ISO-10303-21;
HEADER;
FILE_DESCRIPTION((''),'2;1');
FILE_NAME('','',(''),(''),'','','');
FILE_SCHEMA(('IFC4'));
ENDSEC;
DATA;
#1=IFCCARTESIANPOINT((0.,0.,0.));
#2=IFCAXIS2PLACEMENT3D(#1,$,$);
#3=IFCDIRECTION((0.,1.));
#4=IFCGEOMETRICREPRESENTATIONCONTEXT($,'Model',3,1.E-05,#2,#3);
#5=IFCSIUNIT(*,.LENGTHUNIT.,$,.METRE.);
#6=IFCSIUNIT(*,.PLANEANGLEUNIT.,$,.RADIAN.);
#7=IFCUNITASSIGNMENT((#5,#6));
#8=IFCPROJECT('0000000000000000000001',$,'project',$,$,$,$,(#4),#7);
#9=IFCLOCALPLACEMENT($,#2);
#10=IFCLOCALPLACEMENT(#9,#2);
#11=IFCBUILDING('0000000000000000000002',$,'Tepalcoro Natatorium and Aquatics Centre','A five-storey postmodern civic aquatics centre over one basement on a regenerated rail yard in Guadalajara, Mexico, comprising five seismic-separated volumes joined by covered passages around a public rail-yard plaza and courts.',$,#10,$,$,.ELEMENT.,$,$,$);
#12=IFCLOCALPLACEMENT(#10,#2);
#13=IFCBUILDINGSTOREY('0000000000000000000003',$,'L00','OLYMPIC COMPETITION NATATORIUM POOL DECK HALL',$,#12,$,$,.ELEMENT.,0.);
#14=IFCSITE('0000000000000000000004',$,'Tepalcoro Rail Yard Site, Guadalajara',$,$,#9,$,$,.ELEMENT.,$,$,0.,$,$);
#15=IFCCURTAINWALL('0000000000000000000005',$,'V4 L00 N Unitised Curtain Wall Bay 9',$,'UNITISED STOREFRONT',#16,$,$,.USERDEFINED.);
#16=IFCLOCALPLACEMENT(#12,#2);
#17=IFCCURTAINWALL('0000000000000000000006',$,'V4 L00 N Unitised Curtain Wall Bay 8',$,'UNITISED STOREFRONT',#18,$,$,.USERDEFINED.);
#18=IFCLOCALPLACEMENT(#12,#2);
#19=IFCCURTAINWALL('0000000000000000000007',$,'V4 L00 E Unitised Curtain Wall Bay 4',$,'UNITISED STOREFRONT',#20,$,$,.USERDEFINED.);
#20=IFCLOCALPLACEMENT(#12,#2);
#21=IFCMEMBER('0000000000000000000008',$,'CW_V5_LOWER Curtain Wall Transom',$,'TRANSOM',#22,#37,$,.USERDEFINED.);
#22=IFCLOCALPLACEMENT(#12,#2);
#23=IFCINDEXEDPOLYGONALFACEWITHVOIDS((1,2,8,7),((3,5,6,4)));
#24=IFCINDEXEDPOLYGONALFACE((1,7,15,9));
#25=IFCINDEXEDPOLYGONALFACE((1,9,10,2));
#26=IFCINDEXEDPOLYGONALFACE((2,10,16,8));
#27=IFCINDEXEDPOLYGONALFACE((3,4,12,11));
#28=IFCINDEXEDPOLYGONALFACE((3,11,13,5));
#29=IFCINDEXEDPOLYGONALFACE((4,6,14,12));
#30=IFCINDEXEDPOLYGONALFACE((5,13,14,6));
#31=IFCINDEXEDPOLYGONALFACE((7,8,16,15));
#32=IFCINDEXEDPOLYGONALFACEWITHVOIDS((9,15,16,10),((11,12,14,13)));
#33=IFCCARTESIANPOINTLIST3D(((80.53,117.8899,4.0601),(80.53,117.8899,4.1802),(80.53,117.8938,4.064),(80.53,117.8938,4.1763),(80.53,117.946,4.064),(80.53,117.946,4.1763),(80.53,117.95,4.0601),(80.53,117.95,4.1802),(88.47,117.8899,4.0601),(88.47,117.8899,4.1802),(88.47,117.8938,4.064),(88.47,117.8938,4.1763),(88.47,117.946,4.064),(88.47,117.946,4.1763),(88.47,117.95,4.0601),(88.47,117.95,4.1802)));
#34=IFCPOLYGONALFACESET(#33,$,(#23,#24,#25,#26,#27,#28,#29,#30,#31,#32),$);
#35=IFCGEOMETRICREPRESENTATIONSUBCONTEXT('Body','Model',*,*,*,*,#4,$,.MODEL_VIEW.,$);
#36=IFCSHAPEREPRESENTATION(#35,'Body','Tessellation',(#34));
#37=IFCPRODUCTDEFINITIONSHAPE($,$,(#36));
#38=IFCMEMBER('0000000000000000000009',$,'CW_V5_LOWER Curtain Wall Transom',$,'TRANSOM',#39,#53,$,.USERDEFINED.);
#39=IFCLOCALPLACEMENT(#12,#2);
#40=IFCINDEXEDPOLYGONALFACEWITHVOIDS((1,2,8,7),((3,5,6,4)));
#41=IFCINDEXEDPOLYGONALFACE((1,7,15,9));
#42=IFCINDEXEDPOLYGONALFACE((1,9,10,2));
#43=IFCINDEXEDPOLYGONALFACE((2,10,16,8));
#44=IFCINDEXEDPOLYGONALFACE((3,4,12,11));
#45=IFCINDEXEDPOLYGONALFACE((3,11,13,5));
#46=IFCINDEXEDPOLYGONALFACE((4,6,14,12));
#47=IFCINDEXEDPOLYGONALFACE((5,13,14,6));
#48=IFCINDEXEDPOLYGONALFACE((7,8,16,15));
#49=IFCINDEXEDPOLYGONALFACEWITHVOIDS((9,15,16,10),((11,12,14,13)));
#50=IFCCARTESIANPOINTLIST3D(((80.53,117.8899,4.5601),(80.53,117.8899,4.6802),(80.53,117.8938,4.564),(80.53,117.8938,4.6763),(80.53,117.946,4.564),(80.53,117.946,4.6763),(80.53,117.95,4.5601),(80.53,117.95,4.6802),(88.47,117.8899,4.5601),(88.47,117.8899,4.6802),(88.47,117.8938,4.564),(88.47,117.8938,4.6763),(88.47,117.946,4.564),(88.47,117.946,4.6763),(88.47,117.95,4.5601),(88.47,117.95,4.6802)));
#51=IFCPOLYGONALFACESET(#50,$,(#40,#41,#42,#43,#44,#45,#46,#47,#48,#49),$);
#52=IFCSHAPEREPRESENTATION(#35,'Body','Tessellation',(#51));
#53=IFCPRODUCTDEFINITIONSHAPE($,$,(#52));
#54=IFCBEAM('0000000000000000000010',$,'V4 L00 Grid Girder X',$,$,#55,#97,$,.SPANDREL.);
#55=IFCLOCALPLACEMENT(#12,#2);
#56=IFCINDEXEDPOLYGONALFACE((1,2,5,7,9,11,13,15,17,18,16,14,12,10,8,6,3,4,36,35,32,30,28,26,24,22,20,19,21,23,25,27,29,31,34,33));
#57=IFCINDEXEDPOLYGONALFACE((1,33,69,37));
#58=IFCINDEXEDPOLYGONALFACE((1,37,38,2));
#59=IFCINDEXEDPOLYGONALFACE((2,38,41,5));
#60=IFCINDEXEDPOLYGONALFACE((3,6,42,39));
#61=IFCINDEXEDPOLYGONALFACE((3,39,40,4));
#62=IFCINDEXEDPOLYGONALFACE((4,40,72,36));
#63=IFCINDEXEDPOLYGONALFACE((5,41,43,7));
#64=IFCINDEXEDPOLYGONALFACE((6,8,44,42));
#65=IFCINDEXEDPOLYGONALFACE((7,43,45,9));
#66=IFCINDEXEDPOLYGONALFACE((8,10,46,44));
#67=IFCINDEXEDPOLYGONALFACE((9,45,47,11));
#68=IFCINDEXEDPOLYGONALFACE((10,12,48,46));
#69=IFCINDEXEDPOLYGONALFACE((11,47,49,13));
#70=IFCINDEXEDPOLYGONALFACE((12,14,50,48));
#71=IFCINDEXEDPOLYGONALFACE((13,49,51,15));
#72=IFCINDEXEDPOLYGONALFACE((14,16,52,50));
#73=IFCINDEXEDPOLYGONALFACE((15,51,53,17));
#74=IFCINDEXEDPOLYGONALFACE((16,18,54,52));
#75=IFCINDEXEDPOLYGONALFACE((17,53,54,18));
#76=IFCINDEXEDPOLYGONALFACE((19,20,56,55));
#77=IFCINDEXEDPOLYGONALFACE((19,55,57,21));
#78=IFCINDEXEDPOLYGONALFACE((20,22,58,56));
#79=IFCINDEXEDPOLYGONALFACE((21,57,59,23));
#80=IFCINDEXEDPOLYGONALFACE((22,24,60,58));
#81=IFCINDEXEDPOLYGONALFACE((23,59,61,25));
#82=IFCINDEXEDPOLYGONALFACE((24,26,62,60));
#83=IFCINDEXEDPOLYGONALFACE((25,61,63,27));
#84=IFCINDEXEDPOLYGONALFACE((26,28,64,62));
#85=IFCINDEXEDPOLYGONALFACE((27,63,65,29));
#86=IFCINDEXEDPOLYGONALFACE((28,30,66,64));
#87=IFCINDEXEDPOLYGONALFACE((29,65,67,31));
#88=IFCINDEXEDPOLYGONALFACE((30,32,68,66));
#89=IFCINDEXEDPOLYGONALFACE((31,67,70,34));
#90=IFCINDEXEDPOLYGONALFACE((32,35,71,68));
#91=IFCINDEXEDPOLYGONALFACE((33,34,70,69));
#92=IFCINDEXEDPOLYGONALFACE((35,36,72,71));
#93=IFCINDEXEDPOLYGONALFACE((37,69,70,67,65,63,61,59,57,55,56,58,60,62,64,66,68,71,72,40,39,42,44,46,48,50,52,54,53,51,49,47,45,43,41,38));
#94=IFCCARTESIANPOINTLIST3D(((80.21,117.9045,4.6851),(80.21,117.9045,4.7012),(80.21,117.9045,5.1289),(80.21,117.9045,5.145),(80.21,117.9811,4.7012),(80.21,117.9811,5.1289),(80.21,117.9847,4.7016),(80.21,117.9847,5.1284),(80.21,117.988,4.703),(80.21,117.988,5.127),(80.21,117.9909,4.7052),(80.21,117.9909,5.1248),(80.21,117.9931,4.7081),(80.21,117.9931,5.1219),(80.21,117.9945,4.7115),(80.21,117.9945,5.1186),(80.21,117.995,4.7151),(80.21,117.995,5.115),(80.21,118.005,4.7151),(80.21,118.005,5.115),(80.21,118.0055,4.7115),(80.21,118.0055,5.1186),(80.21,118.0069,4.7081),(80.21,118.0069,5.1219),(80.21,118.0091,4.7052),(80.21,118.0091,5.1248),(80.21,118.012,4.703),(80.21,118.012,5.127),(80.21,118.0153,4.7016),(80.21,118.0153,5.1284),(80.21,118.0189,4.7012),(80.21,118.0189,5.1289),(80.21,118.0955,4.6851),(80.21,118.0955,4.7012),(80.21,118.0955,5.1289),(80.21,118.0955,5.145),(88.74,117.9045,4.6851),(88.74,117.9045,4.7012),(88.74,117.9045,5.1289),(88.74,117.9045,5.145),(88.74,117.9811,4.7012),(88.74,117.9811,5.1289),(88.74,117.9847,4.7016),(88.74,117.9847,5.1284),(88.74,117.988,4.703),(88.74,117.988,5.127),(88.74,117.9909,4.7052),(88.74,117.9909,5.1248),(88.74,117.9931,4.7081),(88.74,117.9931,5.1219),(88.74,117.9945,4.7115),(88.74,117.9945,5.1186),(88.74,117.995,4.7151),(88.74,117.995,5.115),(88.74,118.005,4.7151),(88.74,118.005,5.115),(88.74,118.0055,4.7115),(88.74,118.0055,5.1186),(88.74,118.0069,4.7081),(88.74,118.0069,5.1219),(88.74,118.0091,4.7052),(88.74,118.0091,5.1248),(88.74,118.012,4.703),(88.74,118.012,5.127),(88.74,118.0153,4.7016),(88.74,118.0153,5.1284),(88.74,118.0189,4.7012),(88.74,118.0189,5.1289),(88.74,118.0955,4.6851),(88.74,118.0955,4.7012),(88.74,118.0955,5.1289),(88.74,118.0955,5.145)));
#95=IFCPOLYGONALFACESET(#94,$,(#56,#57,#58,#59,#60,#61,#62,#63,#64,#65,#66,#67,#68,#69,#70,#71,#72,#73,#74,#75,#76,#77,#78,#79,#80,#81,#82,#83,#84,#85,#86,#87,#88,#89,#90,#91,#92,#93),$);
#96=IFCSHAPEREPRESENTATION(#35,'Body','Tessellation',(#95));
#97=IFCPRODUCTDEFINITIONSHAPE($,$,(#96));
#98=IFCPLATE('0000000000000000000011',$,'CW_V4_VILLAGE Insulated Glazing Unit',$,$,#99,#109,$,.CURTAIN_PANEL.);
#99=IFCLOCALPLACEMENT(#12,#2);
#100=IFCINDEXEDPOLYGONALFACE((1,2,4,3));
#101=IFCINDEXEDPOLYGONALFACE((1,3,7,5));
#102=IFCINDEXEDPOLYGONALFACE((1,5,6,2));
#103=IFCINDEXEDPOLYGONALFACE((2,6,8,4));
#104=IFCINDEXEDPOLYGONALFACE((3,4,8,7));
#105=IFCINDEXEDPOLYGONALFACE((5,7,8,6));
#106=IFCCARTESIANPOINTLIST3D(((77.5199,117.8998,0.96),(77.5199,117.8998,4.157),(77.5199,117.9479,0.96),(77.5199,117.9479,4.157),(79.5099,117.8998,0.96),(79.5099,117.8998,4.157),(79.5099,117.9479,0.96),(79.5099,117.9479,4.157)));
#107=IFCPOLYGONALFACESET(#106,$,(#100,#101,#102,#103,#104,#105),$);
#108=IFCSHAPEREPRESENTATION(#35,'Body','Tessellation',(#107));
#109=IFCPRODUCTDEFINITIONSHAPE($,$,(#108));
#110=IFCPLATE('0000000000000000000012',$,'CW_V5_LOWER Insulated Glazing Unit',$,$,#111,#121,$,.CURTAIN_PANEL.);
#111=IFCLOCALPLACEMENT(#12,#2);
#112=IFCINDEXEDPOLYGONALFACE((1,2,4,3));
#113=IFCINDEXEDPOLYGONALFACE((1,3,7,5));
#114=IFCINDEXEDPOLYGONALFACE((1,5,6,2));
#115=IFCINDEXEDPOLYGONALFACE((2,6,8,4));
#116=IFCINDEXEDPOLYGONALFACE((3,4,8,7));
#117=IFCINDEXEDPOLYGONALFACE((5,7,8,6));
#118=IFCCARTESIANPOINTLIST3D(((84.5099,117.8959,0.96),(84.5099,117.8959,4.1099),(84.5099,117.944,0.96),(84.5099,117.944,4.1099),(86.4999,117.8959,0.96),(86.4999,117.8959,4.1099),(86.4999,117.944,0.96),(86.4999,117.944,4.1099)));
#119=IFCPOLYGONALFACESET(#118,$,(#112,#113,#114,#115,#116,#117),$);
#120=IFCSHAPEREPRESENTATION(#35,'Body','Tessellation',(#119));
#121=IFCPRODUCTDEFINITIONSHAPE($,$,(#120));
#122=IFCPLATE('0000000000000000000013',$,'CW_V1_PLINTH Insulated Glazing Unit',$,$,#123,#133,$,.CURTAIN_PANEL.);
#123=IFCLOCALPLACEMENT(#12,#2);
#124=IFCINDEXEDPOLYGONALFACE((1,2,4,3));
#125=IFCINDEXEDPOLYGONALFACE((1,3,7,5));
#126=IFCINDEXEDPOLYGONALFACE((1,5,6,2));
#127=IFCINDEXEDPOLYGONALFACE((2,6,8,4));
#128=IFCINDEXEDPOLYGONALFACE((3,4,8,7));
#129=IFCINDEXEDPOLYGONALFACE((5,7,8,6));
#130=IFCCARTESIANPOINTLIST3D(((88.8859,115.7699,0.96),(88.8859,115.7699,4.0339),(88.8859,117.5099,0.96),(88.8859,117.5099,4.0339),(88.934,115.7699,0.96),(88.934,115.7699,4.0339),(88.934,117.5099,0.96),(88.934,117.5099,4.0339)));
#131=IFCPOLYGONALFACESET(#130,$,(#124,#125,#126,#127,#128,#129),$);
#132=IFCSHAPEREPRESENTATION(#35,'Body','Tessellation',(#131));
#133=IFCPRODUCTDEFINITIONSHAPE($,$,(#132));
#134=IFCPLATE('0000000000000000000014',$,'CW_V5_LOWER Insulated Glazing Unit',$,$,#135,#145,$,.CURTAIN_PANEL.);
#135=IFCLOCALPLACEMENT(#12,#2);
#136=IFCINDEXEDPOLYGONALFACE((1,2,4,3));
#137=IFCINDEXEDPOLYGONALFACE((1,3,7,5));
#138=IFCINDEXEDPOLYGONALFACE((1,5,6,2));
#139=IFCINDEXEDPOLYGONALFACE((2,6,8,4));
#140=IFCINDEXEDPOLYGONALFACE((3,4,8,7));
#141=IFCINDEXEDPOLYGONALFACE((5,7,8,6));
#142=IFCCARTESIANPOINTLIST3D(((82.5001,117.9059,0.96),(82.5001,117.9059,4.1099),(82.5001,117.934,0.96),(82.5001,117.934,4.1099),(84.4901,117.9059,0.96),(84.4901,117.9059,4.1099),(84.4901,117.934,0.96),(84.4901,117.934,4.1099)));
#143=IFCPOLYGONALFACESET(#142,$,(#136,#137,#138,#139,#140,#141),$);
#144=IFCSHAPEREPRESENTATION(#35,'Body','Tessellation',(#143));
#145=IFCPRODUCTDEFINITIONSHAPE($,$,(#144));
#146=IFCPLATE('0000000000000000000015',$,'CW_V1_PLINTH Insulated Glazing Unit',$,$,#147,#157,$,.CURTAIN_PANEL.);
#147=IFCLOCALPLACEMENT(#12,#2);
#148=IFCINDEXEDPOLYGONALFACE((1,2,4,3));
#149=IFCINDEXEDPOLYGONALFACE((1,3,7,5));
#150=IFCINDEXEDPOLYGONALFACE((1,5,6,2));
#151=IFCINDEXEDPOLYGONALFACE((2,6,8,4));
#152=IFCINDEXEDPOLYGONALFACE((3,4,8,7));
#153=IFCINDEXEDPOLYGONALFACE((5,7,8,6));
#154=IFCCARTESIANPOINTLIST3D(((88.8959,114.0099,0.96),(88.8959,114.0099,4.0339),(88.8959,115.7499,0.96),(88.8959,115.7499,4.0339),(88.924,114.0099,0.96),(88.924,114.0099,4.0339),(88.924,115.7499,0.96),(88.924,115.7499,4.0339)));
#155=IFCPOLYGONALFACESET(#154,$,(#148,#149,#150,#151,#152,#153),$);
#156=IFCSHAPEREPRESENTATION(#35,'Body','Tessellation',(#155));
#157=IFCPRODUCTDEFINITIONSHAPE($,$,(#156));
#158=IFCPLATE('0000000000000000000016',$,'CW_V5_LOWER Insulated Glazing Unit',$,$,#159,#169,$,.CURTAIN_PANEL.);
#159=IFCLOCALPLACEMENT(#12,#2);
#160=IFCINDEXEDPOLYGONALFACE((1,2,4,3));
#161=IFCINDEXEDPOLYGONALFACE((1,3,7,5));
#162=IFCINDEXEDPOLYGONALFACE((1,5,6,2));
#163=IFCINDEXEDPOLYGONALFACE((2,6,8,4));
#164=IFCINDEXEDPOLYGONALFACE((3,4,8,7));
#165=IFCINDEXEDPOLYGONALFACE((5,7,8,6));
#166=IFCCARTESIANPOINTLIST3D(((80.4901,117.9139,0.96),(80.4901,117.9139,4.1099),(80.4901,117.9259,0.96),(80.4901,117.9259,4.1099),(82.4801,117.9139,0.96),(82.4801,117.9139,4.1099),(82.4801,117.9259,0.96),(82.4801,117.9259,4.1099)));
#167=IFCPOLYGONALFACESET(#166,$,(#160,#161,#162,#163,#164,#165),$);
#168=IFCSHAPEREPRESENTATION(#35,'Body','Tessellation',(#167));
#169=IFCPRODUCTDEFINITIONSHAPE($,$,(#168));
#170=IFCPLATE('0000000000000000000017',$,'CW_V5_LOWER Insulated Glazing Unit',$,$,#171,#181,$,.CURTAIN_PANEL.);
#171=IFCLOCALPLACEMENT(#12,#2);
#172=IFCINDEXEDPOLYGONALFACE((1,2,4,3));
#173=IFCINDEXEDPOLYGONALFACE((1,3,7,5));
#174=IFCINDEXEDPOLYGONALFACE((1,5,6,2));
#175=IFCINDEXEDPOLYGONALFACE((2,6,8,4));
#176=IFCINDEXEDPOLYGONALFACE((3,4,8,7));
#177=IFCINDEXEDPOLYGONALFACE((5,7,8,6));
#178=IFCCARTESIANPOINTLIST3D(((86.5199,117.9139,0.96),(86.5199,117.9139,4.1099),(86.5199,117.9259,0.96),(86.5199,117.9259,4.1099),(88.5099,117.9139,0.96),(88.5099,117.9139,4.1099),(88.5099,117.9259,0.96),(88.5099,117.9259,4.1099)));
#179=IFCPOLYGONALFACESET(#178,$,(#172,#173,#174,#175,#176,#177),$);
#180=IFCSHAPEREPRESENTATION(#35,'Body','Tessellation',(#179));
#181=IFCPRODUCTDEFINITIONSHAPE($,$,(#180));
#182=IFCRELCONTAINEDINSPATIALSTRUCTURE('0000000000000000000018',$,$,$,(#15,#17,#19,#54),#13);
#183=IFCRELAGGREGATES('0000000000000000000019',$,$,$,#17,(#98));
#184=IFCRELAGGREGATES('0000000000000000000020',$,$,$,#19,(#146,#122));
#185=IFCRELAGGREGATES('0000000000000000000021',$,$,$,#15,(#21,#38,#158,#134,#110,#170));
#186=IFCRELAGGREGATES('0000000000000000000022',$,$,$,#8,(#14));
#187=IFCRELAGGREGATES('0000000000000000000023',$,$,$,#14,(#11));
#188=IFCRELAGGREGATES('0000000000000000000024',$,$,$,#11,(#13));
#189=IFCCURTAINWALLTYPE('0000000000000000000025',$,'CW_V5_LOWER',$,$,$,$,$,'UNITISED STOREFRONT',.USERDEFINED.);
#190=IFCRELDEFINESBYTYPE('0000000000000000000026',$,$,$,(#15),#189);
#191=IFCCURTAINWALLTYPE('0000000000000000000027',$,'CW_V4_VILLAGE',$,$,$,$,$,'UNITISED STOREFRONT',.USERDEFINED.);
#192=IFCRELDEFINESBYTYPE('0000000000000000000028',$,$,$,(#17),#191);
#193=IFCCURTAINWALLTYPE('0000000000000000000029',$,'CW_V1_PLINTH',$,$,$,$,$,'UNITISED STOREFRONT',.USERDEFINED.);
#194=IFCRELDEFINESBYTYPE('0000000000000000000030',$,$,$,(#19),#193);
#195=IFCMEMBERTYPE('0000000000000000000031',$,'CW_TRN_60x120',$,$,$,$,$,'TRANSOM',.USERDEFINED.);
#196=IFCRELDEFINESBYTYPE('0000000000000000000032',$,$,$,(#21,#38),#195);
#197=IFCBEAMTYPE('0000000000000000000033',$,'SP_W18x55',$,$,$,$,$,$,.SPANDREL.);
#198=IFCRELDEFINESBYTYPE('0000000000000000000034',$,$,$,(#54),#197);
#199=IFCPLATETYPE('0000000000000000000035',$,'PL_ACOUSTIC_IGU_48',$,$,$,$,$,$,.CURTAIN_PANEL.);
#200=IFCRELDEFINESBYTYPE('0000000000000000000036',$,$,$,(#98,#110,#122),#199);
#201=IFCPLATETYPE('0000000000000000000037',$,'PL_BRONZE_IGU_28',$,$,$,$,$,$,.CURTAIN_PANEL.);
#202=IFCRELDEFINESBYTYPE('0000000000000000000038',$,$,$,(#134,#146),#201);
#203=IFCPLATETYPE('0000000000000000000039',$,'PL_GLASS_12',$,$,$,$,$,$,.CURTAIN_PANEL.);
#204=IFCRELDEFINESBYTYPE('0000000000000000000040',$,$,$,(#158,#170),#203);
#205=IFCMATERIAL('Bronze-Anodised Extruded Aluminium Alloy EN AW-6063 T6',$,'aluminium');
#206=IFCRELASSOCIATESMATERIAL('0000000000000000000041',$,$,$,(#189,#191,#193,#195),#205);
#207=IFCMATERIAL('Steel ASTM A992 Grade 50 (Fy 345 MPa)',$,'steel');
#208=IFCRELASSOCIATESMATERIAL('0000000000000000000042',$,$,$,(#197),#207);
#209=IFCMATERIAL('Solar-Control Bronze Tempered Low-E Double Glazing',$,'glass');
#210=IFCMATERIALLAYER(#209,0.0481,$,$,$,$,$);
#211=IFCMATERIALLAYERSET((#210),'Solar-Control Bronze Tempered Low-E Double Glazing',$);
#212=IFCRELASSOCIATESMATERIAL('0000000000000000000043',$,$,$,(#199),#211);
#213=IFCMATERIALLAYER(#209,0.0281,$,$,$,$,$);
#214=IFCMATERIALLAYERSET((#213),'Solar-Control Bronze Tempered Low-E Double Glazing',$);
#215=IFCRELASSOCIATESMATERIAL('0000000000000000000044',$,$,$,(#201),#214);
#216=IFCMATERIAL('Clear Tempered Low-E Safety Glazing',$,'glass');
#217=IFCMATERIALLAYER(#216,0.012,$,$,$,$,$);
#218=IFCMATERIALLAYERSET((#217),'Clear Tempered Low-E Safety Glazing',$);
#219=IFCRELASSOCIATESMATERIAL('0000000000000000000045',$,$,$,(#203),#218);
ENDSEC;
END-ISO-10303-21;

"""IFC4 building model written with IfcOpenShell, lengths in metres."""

from ifc_helpers import new_model, si_unit, direction, frame, origin, origin_2d, place, context, subcontext, project, spatial, rectangle, hollow_rectangle, i_section, extrude, material, layer, layer_set, material_profile, profile_set, type_object, element, aggregate, save


model = new_model("IFC4")

# Units and contexts
model_context = context("Model", 3, precision=1e-05, world=origin(), true_north=direction((0.0, 1.0)))
body_context = subcontext(model_context, "Body", "Model", "MODEL_VIEW")
ifc_project = project(units=[si_unit("LENGTHUNIT", "METRE"), si_unit("PLANEANGLEUNIT", "RADIAN")], contexts=[model_context])

# Site, building, storey
site_placement = place(None, origin())
site = spatial("IfcSite", under=ifc_project, at=site_placement, Name="Tepalcoro Rail Yard Site, Guadalajara", CompositionType="ELEMENT", RefElevation=0.0)
building_placement = place(site_placement, origin())
building = spatial("IfcBuilding", under=site, at=building_placement, Name="Tepalcoro Natatorium and Aquatics Centre", Description="A five-storey postmodern civic aquatics centre over one basement on a regenerated rail yard in Guadalajara, Mexico, comprising five seismic-separated volumes joined by covered passages around a public rail-yard plaza and courts.", CompositionType="ELEMENT")
storey_placement = place(building_placement, origin())
storey = spatial("IfcBuildingStorey", under=building, at=storey_placement, Name="L00", Description="OLYMPIC COMPETITION NATATORIUM POOL DECK HALL", CompositionType="ELEMENT", Elevation=0.0)

# Curtain wall
ifc_material_1 = material(Name="Bronze-Anodised Extruded Aluminium Alloy EN AW-6063 T6", Category="aluminium")
curtain_wall_type_1 = type_object("IfcCurtainWallType", Name="CW_V5_LOWER", ElementType="UNITISED STOREFRONT", PredefinedType="USERDEFINED", material=ifc_material_1)
curtain_wall_1_placement = place(storey_placement, origin())
curtain_wall_1 = element("IfcCurtainWall", 1, at=curtain_wall_1_placement, inside=storey, type_object=curtain_wall_type_1, Name="V4 L00 N Unitised Curtain Wall Bay 9", ObjectType="UNITISED STOREFRONT", PredefinedType="USERDEFINED")

# Curtain wall
curtain_wall_type_2 = type_object("IfcCurtainWallType", Name="CW_V4_VILLAGE", ElementType="UNITISED STOREFRONT", PredefinedType="USERDEFINED", material=ifc_material_1)
curtain_wall_2_placement = place(storey_placement, origin())
curtain_wall_2 = element("IfcCurtainWall", 2, at=curtain_wall_2_placement, inside=storey, type_object=curtain_wall_type_2, Name="V4 L00 N Unitised Curtain Wall Bay 8", ObjectType="UNITISED STOREFRONT", PredefinedType="USERDEFINED")

# Curtain wall
curtain_wall_type_3 = type_object("IfcCurtainWallType", Name="CW_V1_PLINTH", ElementType="UNITISED STOREFRONT", PredefinedType="USERDEFINED", material=ifc_material_1)
curtain_wall_3_placement = place(storey_placement, origin())
curtain_wall_3 = element("IfcCurtainWall", 3, at=curtain_wall_3_placement, inside=storey, type_object=curtain_wall_type_3, Name="V4 L00 E Unitised Curtain Wall Bay 4", ObjectType="UNITISED STOREFRONT", PredefinedType="USERDEFINED")

# Members
ifc_material_profile_1 = material_profile(ifc_material_1, hollow_rectangle(XDim=0.0601, YDim=0.1201, WallThickness=0.0039, at=origin_2d()), Name="AL60X120X4")
ifc_profile_set_1 = profile_set([ifc_material_profile_1], Name="Bronze-Anodised Extruded Aluminium Alloy EN AW-6063 T6")
member_type_1 = type_object("IfcMemberType", Name="CW_TRN_60x120", ElementType="TRANSOM", PredefinedType="USERDEFINED", material=ifc_profile_set_1)
member_1_placement = place(storey_placement, frame((80.53, 117.9199, 4.1201), z_axis=(1.0, 0.0, 0.0), x_axis=(0.0, 1.0, 0.0)))
member_1 = element("IfcMember", 4, at=member_1_placement, type_object=member_type_1, Name="CW_V5_LOWER Curtain Wall Transom", ObjectType="TRANSOM", PredefinedType="USERDEFINED", context=body_context, shape_type="SweptSolid", body=[
    extrude(hollow_rectangle(XDim=0.0601, YDim=0.1201, WallThickness=0.0039, at=origin_2d()), origin(), (0.0, 0.0, 1.0), 7.9399),
])
member_2_placement = place(storey_placement, frame((80.53, 117.9199, 4.6201), z_axis=(1.0, 0.0, 0.0), x_axis=(0.0, 1.0, 0.0)))
member_2 = element("IfcMember", 5, at=member_2_placement, type_object=member_type_1, Name="CW_V5_LOWER Curtain Wall Transom", ObjectType="TRANSOM", PredefinedType="USERDEFINED", context=body_context, shape_type="SweptSolid", body=[
    extrude(hollow_rectangle(XDim=0.0601, YDim=0.1201, WallThickness=0.0039, at=origin_2d()), origin(), (0.0, 0.0, 1.0), 7.9399),
])

# Beam
ifc_material_2 = material(Name="Steel ASTM A992 Grade 50 (Fy 345 MPa)", Category="steel")
ifc_material_profile_2 = material_profile(ifc_material_2, i_section(OverallWidth=0.1909, OverallDepth=0.46, WebThickness=0.01, FlangeThickness=0.0161, FilletRadius=0.0139, at=origin_2d()), Name="W18X55")
ifc_profile_set_2 = profile_set([ifc_material_profile_2], Name="Steel ASTM A992 Grade 50 (Fy 345 MPa)")
beam_type = type_object("IfcBeamType", Name="SP_W18x55", PredefinedType="SPANDREL", material=ifc_profile_set_2)
beam_placement = place(storey_placement, frame((80.21, 118.0, 4.915), z_axis=(1.0, 0.0, 0.0), x_axis=(0.0, 1.0, 0.0)))
element("IfcBeam", 6, at=beam_placement, inside=storey, type_object=beam_type, Name="V4 L00 Grid Girder X", PredefinedType="SPANDREL", context=body_context, shape_type="SweptSolid", body=[
    extrude(i_section(OverallWidth=0.1909, OverallDepth=0.46, WebThickness=0.01, FlangeThickness=0.0161, FilletRadius=0.0139, at=origin_2d()), origin(), (0.0, 0.0, 1.0), 8.53),
])

# Plates
ifc_material_3 = material(Name="Solar-Control Bronze Tempered Low-E Double Glazing", Category="glass")
ifc_layer_1 = layer(ifc_material_3, 0.0481)
ifc_layer_set_1 = layer_set([ifc_layer_1], Name="Solar-Control Bronze Tempered Low-E Double Glazing")
plate_type_1 = type_object("IfcPlateType", Name="PL_ACOUSTIC_IGU_48", PredefinedType="CURTAIN_PANEL", material=ifc_layer_set_1)
plate_1_placement = place(storey_placement, frame((78.5149, 117.9238, 0.96), z_axis=(0.0, 0.0, 1.0), x_axis=(1.0, 0.0, 0.0)))
plate_1 = element("IfcPlate", 7, at=plate_1_placement, type_object=plate_type_1, Name="CW_V4_VILLAGE Insulated Glazing Unit", PredefinedType="CURTAIN_PANEL", context=body_context, shape_type="SweptSolid", body=[
    extrude(rectangle(XDim=1.99, YDim=0.0481, at=origin_2d()), origin(), (0.0, 0.0, 1.0), 3.197),
])
plate_2_placement = place(storey_placement, frame((85.5049, 117.9199, 0.96), z_axis=(0.0, 0.0, 1.0), x_axis=(1.0, 0.0, 0.0)))
plate_2 = element("IfcPlate", 8, at=plate_2_placement, type_object=plate_type_1, Name="CW_V5_LOWER Insulated Glazing Unit", PredefinedType="CURTAIN_PANEL", context=body_context, shape_type="SweptSolid", body=[
    extrude(rectangle(XDim=1.99, YDim=0.0481, at=origin_2d()), origin(), (0.0, 0.0, 1.0), 3.1499),
])
plate_3_placement = place(storey_placement, frame((88.9099, 116.6399, 0.96), z_axis=(0.0, 0.0, 1.0), x_axis=(1.0, 0.0, 0.0)))
plate_3 = element("IfcPlate", 9, at=plate_3_placement, type_object=plate_type_1, Name="CW_V1_PLINTH Insulated Glazing Unit", PredefinedType="CURTAIN_PANEL", context=body_context, shape_type="SweptSolid", body=[
    extrude(rectangle(XDim=0.0481, YDim=1.74, at=origin_2d()), origin(), (0.0, 0.0, 1.0), 3.074),
])
ifc_layer_2 = layer(ifc_material_3, 0.0281)
ifc_layer_set_2 = layer_set([ifc_layer_2], Name="Solar-Control Bronze Tempered Low-E Double Glazing")
plate_type_2 = type_object("IfcPlateType", Name="PL_BRONZE_IGU_28", PredefinedType="CURTAIN_PANEL", material=ifc_layer_set_2)
plate_4_placement = place(storey_placement, frame((83.4951, 117.9199, 0.96), z_axis=(0.0, 0.0, 1.0), x_axis=(1.0, 0.0, 0.0)))
plate_4 = element("IfcPlate", 10, at=plate_4_placement, type_object=plate_type_2, Name="CW_V5_LOWER Insulated Glazing Unit", PredefinedType="CURTAIN_PANEL", context=body_context, shape_type="SweptSolid", body=[
    extrude(rectangle(XDim=1.99, YDim=0.0281, at=origin_2d()), origin(), (0.0, 0.0, 1.0), 3.1499),
])
plate_5_placement = place(storey_placement, frame((88.9099, 114.8799, 0.96), z_axis=(0.0, 0.0, 1.0), x_axis=(1.0, 0.0, 0.0)))
plate_5 = element("IfcPlate", 11, at=plate_5_placement, type_object=plate_type_2, Name="CW_V1_PLINTH Insulated Glazing Unit", PredefinedType="CURTAIN_PANEL", context=body_context, shape_type="SweptSolid", body=[
    extrude(rectangle(XDim=0.0281, YDim=1.74, at=origin_2d()), origin(), (0.0, 0.0, 1.0), 3.074),
])
ifc_material_4 = material(Name="Clear Tempered Low-E Safety Glazing", Category="glass")
ifc_layer_3 = layer(ifc_material_4, 0.012)
ifc_layer_set_3 = layer_set([ifc_layer_3], Name="Clear Tempered Low-E Safety Glazing")
plate_type_3 = type_object("IfcPlateType", Name="PL_GLASS_12", PredefinedType="CURTAIN_PANEL", material=ifc_layer_set_3)
plate_6_placement = place(storey_placement, frame((81.4851, 117.9199, 0.96), z_axis=(0.0, 0.0, 1.0), x_axis=(1.0, 0.0, 0.0)))
plate_6 = element("IfcPlate", 12, at=plate_6_placement, type_object=plate_type_3, Name="CW_V5_LOWER Insulated Glazing Unit", PredefinedType="CURTAIN_PANEL", context=body_context, shape_type="SweptSolid", body=[
    extrude(rectangle(XDim=1.99, YDim=0.012, at=origin_2d()), origin(), (0.0, 0.0, 1.0), 3.1499),
])
plate_7_placement = place(storey_placement, frame((87.5149, 117.9199, 0.96), z_axis=(0.0, 0.0, 1.0), x_axis=(1.0, 0.0, 0.0)))
plate_7 = element("IfcPlate", 13, at=plate_7_placement, type_object=plate_type_3, Name="CW_V5_LOWER Insulated Glazing Unit", PredefinedType="CURTAIN_PANEL", context=body_context, shape_type="SweptSolid", body=[
    extrude(rectangle(XDim=1.99, YDim=0.012, at=origin_2d()), origin(), (0.0, 0.0, 1.0), 3.1499),
])
aggregate(curtain_wall_2, [plate_1])
aggregate(curtain_wall_3, [plate_5, plate_3])
aggregate(curtain_wall_1, [member_1, member_2, plate_6, plate_4, plate_2, plate_7])

save(model, "model.ifc")
